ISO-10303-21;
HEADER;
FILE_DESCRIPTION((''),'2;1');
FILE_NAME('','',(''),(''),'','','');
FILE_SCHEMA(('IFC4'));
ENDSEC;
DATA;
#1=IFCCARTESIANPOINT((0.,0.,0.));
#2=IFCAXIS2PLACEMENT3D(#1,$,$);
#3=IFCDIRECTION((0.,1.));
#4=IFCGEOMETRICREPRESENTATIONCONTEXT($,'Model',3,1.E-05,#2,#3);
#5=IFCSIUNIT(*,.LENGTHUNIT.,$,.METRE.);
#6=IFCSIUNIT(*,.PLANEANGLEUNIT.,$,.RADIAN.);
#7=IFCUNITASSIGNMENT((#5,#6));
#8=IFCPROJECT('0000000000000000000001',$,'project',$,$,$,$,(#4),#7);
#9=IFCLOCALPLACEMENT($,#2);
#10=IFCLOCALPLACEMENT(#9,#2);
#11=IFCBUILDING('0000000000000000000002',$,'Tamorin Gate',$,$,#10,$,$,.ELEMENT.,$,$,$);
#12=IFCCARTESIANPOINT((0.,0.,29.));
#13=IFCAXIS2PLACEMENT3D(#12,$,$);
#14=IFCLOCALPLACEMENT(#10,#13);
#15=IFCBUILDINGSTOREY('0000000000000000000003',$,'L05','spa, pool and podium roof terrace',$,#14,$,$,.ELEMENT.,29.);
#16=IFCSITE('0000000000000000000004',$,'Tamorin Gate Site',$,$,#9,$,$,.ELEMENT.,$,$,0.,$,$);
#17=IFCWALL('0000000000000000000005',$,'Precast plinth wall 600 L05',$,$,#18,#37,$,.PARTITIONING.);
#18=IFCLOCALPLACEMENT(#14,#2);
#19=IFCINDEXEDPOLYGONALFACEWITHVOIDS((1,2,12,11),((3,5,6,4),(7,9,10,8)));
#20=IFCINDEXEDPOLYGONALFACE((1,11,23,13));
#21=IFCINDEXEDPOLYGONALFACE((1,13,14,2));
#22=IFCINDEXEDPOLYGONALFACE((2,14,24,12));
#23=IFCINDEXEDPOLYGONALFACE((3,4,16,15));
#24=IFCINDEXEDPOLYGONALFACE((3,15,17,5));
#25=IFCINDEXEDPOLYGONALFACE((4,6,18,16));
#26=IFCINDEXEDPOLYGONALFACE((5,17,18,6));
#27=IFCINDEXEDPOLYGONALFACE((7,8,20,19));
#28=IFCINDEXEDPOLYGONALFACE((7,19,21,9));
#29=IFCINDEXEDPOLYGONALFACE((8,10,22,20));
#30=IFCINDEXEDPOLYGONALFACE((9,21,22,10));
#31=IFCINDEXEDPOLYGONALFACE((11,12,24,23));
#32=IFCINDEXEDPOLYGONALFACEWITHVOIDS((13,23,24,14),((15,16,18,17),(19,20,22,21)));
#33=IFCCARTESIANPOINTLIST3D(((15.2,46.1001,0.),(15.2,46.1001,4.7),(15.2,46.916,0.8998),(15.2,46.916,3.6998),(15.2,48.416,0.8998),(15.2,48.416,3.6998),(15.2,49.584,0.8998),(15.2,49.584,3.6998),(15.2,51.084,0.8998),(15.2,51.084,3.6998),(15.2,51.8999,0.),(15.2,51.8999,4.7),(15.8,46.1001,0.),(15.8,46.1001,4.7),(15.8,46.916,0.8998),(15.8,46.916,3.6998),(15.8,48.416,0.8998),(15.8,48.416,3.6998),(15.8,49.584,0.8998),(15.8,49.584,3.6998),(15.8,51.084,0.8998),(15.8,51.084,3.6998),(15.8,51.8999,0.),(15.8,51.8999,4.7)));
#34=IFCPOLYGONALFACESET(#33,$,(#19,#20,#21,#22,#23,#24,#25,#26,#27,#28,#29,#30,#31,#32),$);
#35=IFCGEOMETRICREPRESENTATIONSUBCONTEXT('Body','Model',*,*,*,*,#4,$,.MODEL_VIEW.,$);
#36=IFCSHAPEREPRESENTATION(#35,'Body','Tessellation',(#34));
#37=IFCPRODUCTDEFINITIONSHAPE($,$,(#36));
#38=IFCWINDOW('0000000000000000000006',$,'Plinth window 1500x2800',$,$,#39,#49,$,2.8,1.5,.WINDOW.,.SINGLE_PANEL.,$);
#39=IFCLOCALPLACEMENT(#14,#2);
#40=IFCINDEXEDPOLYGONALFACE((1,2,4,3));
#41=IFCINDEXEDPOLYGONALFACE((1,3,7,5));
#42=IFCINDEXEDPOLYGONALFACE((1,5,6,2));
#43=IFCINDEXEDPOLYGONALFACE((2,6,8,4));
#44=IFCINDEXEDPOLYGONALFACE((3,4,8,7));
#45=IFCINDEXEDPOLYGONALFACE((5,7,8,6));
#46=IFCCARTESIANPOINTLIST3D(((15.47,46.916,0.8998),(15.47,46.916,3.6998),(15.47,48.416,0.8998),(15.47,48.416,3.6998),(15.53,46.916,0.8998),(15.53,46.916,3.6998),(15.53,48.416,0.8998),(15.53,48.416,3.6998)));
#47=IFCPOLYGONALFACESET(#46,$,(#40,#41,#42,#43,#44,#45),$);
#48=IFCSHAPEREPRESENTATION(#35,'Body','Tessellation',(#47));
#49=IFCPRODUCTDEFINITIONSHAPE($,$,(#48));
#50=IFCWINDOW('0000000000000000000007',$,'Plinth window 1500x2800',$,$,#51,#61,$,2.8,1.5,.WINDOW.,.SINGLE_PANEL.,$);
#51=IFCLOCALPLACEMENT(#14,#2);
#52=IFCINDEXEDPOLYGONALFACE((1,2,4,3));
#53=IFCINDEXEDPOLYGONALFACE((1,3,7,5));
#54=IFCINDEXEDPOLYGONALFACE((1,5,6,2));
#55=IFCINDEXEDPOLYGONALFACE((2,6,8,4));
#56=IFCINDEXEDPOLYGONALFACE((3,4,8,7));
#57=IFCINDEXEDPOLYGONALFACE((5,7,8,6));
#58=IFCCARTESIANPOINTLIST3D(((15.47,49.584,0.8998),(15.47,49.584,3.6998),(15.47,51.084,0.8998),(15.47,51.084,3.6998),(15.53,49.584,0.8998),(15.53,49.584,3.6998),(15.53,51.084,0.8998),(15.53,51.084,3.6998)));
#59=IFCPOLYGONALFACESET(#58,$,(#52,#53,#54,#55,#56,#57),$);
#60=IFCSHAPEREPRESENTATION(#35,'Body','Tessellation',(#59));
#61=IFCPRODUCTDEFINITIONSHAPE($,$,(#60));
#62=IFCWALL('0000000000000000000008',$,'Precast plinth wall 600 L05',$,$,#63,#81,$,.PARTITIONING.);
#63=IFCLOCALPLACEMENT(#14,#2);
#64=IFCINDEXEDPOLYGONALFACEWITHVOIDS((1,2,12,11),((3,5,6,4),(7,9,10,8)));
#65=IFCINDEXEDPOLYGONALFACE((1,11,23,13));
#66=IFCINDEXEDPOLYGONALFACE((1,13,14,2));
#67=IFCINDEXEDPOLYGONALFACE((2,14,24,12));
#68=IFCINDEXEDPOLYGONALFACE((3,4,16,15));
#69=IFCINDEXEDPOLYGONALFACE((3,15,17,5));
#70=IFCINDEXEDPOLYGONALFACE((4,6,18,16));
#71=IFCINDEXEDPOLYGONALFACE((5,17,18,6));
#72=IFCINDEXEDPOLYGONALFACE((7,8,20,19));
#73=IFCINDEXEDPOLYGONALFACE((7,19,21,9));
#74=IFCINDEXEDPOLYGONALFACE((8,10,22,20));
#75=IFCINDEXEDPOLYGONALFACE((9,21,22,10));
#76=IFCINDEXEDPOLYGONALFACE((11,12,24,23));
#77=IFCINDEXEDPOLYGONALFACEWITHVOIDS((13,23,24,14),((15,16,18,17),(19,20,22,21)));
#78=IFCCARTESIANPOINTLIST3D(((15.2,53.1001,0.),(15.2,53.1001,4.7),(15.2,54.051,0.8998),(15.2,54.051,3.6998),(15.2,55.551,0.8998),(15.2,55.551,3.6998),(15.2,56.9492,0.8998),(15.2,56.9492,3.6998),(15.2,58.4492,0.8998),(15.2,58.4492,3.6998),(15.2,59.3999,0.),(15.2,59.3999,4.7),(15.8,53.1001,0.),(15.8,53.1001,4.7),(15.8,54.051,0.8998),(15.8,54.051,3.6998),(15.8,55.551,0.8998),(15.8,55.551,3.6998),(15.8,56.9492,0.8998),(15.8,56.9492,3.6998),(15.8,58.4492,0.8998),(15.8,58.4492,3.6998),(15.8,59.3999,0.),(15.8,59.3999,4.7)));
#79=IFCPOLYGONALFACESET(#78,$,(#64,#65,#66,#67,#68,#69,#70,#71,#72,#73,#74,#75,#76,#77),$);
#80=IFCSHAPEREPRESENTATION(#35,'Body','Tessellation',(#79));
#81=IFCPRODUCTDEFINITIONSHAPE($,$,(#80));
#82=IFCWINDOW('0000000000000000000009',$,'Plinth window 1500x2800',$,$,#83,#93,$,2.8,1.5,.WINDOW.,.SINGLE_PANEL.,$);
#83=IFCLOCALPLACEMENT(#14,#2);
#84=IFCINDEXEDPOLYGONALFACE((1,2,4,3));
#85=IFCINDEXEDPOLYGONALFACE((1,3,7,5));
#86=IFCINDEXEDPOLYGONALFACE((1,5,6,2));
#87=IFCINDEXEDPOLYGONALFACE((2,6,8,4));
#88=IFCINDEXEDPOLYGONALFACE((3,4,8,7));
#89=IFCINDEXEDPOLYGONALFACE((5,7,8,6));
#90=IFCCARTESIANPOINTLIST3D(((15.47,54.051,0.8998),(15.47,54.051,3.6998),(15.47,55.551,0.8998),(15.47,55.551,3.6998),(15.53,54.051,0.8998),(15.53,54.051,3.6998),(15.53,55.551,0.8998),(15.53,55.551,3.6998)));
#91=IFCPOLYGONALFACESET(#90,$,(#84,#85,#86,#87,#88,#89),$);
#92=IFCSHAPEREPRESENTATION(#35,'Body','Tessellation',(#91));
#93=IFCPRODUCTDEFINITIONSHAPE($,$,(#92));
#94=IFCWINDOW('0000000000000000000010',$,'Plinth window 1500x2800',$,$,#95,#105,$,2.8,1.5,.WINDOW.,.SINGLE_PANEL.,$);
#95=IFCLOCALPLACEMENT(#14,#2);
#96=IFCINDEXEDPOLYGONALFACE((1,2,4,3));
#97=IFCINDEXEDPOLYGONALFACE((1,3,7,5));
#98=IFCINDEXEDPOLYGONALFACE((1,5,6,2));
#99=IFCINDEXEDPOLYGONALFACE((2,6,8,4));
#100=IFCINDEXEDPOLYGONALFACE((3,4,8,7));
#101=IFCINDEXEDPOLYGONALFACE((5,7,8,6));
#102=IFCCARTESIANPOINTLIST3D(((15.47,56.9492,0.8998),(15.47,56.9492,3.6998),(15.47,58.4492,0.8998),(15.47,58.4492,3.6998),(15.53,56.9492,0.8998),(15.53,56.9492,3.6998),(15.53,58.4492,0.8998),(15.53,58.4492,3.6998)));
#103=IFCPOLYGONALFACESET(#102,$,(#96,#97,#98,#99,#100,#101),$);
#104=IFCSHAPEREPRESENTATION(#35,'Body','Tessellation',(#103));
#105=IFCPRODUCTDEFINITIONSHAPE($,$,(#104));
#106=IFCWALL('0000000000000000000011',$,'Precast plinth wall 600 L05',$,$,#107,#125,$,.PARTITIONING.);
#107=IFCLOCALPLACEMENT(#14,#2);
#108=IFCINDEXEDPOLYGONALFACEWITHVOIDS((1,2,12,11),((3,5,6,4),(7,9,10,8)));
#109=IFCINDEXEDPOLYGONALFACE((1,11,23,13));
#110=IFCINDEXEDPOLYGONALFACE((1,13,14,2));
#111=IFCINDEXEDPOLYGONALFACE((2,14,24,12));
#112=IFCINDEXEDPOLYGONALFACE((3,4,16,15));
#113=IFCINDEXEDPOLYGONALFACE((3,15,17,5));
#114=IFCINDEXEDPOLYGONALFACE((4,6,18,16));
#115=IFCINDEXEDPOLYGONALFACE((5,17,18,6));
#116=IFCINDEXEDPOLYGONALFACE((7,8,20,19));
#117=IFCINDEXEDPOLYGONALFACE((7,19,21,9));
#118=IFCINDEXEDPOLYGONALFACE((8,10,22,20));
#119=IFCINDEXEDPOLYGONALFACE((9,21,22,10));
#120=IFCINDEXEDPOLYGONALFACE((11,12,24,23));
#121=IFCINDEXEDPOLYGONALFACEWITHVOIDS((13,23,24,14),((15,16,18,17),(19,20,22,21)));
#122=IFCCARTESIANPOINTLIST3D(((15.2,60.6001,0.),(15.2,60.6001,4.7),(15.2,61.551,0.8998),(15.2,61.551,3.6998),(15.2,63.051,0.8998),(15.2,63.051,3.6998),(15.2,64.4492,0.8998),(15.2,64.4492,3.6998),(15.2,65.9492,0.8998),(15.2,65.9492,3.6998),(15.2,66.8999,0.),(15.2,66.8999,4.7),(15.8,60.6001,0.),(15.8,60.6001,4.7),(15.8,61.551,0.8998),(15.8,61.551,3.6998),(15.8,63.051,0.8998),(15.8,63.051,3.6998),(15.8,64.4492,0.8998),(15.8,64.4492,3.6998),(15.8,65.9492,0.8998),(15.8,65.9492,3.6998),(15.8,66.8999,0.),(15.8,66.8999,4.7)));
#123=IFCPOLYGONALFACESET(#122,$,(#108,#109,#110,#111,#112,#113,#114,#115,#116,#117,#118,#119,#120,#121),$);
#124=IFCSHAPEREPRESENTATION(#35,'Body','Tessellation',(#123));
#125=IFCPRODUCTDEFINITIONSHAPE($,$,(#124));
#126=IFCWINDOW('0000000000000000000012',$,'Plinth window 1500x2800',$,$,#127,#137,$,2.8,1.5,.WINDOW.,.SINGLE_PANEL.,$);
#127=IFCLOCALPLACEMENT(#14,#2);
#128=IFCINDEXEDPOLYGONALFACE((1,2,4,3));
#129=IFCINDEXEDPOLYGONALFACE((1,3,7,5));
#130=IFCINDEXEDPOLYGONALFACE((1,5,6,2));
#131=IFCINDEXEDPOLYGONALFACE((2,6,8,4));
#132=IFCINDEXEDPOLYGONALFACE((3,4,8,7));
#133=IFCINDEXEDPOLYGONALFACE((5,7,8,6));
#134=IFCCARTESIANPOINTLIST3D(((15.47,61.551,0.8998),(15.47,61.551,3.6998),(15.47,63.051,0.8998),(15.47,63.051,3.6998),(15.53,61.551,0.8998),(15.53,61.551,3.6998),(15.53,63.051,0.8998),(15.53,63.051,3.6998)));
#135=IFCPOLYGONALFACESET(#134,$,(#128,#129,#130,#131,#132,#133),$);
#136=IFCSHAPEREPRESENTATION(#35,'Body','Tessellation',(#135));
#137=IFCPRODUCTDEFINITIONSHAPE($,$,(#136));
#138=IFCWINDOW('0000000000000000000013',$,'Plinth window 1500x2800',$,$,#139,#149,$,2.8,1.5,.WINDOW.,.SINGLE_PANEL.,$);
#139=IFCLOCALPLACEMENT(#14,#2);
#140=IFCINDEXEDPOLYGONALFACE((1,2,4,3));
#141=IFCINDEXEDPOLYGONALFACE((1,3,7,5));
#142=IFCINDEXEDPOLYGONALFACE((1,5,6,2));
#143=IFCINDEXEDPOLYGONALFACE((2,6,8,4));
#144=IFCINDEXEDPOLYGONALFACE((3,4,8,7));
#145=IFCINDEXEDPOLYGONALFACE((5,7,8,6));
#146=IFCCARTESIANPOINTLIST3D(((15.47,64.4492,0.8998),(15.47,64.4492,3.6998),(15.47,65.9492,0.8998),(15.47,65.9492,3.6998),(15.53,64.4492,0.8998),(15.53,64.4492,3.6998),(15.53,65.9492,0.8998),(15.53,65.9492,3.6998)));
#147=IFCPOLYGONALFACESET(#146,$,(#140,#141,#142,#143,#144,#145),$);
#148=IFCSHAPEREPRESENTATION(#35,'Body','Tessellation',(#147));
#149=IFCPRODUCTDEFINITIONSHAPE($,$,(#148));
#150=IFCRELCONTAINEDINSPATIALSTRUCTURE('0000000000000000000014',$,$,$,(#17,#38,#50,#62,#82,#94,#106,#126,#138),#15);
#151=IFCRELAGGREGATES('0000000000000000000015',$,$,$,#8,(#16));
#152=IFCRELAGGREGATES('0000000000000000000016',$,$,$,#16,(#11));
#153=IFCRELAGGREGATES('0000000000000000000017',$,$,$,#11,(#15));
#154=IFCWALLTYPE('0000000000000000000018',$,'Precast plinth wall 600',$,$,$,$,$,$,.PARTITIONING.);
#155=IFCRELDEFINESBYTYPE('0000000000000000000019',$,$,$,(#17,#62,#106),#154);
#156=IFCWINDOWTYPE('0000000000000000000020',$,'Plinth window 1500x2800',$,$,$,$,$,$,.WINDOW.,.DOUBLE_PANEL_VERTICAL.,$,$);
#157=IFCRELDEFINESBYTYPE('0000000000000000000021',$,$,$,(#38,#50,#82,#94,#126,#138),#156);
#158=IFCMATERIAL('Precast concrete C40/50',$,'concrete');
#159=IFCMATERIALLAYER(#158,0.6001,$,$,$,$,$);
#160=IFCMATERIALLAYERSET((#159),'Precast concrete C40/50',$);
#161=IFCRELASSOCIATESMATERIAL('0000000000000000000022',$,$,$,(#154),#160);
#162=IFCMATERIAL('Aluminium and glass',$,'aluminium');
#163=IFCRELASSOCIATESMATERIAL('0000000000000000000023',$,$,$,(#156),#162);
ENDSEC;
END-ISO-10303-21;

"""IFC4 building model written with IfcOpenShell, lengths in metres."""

from ifc_helpers import new_model, si_unit, direction, frame, frame_2d, origin, place, context, subcontext, project, spatial, rectangle, extrude, material, layer, layer_set, type_object, element, fill, save


model = new_model("IFC4")

# Units and contexts
model_context = context("Model", 3, precision=1e-05, world=origin(), true_north=direction((0.0, 1.0)))
body_context = subcontext(model_context, "Body", "Model", "MODEL_VIEW")
ifc_project = project(units=[si_unit("LENGTHUNIT", "METRE"), si_unit("PLANEANGLEUNIT", "RADIAN")], contexts=[model_context])

# Site, building, storey
site_placement = place(None, origin())
site = spatial("IfcSite", under=ifc_project, at=site_placement, Name="Tamorin Gate Site", CompositionType="ELEMENT", RefElevation=0.0)
building_placement = place(site_placement, origin())
building = spatial("IfcBuilding", under=site, at=building_placement, Name="Tamorin Gate", CompositionType="ELEMENT")
storey_placement = place(building_placement, frame((0.0, 0.0, 29.0)))
storey = spatial("IfcBuildingStorey", under=building, at=storey_placement, Name="L05", Description="spa, pool and podium roof terrace", CompositionType="ELEMENT", Elevation=29.0)

# Walls, openings, windows
ifc_material_1 = material(Name="Precast concrete C40/50", Category="concrete")
ifc_layer_1 = layer(ifc_material_1, 0.6001)
ifc_layer_set_1 = layer_set([ifc_layer_1], Name="Precast concrete C40/50")
wall_type_1 = type_object("IfcWallType", Name="Precast plinth wall 600", PredefinedType="PARTITIONING", material=ifc_layer_set_1)
wall_1_placement = place(storey_placement, frame((15.5, 46.1001, 0.0), z_axis=(0.0, 0.0, 1.0), x_axis=(0.0, 1.0, 0.0)))
wall_1 = element("IfcWall", 1, at=wall_1_placement, inside=storey, type_object=wall_type_1, Name="Precast plinth wall 600 L05", PredefinedType="PARTITIONING", context=body_context, shape_type="SweptSolid", body=[
    extrude(rectangle(XDim=5.7998, YDim=0.6001, at=frame_2d((2.8999, 0.0))), origin(), (0.0, 0.0, 1.0), 4.7),
])
opening_1_placement = place(wall_1_placement, frame((0.8159, 0.0, 0.8999)))
opening_1 = element("IfcOpeningElement", 2, at=opening_1_placement, cuts=wall_1, PredefinedType="OPENING", context=body_context, shape_type="SweptSolid", body=[
    extrude(rectangle(XDim=1.5, YDim=2.8, at=frame_2d((0.75, 1.3999))), frame((0.0, 0.3101, 0.0), z_axis=(0.0, -1.0, 0.0), x_axis=(1.0, 0.0, 0.0)), (0.0, 0.0, 1.0), 0.6201),
])
opening_2_placement = place(wall_1_placement, frame((3.4839, 0.0, 0.8999)))
opening_2 = element("IfcOpeningElement", 3, at=opening_2_placement, cuts=wall_1, PredefinedType="OPENING", context=body_context, shape_type="SweptSolid", body=[
    extrude(rectangle(XDim=1.5, YDim=2.8, at=frame_2d((0.75, 1.3999))), frame((0.0, 0.3101, 0.0), z_axis=(0.0, -1.0, 0.0), x_axis=(1.0, 0.0, 0.0)), (0.0, 0.0, 1.0), 0.6201),
])
ifc_material_2 = material(Name="Aluminium and glass", Category="aluminium")
window_type = type_object("IfcWindowType", Name="Plinth window 1500x2800", PartitioningType="DOUBLE_PANEL_VERTICAL", PredefinedType="WINDOW", material=ifc_material_2)
window_1_placement = place(opening_1_placement, origin())
window_1 = element("IfcWindow", 4, at=window_1_placement, inside=storey, type_object=window_type, Name="Plinth window 1500x2800", OverallHeight=2.8, OverallWidth=1.5, PartitioningType="SINGLE_PANEL", PredefinedType="WINDOW", context=body_context, shape_type="SweptSolid", body=[
    extrude(rectangle(XDim=1.5, YDim=2.8, at=frame_2d((0.75, 1.3999))), frame((0.0, 0.03, 0.0), z_axis=(0.0, -1.0, 0.0), x_axis=(1.0, 0.0, 0.0)), (0.0, 0.0, 1.0), 0.0601),
])
fill(opening_1, window_1)
window_2_placement = place(opening_2_placement, origin())
window_2 = element("IfcWindow", 5, at=window_2_placement, inside=storey, type_object=window_type, Name="Plinth window 1500x2800", OverallHeight=2.8, OverallWidth=1.5, PartitioningType="SINGLE_PANEL", PredefinedType="WINDOW", context=body_context, shape_type="SweptSolid", body=[
    extrude(rectangle(XDim=1.5, YDim=2.8, at=frame_2d((0.75, 1.3999))), frame((0.0, 0.03, 0.0), z_axis=(0.0, -1.0, 0.0), x_axis=(1.0, 0.0, 0.0)), (0.0, 0.0, 1.0), 0.0601),
])
fill(opening_2, window_2)
wall_2_placement = place(storey_placement, frame((15.5, 53.1001, 0.0), z_axis=(0.0, 0.0, 1.0), x_axis=(0.0, 1.0, 0.0)))
wall_2 = element("IfcWall", 6, at=wall_2_placement, inside=storey, type_object=wall_type_1, Name="Precast plinth wall 600 L05", PredefinedType="PARTITIONING", context=body_context, shape_type="SweptSolid", body=[
    extrude(rectangle(XDim=6.2998, YDim=0.6001, at=frame_2d((3.1499, 0.0))), origin(), (0.0, 0.0, 1.0), 4.7),
])
opening_3_placement = place(wall_2_placement, frame((0.9509, 0.0, 0.8999)))
opening_3 = element("IfcOpeningElement", 7, at=opening_3_placement, cuts=wall_2, PredefinedType="OPENING", context=body_context, shape_type="SweptSolid", body=[
    extrude(rectangle(XDim=1.5, YDim=2.8, at=frame_2d((0.75, 1.3999))), frame((0.0, 0.3101, 0.0), z_axis=(0.0, -1.0, 0.0), x_axis=(1.0, 0.0, 0.0)), (0.0, 0.0, 1.0), 0.6201),
])
opening_4_placement = place(wall_2_placement, frame((3.8491, 0.0, 0.8999)))
opening_4 = element("IfcOpeningElement", 8, at=opening_4_placement, cuts=wall_2, PredefinedType="OPENING", context=body_context, shape_type="SweptSolid", body=[
    extrude(rectangle(XDim=1.5, YDim=2.8, at=frame_2d((0.75, 1.3999))), frame((0.0, 0.3101, 0.0), z_axis=(0.0, -1.0, 0.0), x_axis=(1.0, 0.0, 0.0)), (0.0, 0.0, 1.0), 0.6201),
])
window_3_placement = place(opening_3_placement, origin())
window_3 = element("IfcWindow", 9, at=window_3_placement, inside=storey, type_object=window_type, Name="Plinth window 1500x2800", OverallHeight=2.8, OverallWidth=1.5, PartitioningType="SINGLE_PANEL", PredefinedType="WINDOW", context=body_context, shape_type="SweptSolid", body=[
    extrude(rectangle(XDim=1.5, YDim=2.8, at=frame_2d((0.75, 1.3999))), frame((0.0, 0.03, 0.0), z_axis=(0.0, -1.0, 0.0), x_axis=(1.0, 0.0, 0.0)), (0.0, 0.0, 1.0), 0.0601),
])
fill(opening_3, window_3)
window_4_placement = place(opening_4_placement, origin())
window_4 = element("IfcWindow", 10, at=window_4_placement, inside=storey, type_object=window_type, Name="Plinth window 1500x2800", OverallHeight=2.8, OverallWidth=1.5, PartitioningType="SINGLE_PANEL", PredefinedType="WINDOW", context=body_context, shape_type="SweptSolid", body=[
    extrude(rectangle(XDim=1.5, YDim=2.8, at=frame_2d((0.75, 1.3999))), frame((0.0, 0.03, 0.0), z_axis=(0.0, -1.0, 0.0), x_axis=(1.0, 0.0, 0.0)), (0.0, 0.0, 1.0), 0.0601),
])
fill(opening_4, window_4)
wall_3_placement = place(storey_placement, frame((15.5, 60.6001, 0.0), z_axis=(0.0, 0.0, 1.0), x_axis=(0.0, 1.0, 0.0)))
wall_3 = element("IfcWall", 11, at=wall_3_placement, inside=storey, type_object=wall_type_1, Name="Precast plinth wall 600 L05", PredefinedType="PARTITIONING", context=body_context, shape_type="SweptSolid", body=[
    extrude(rectangle(XDim=6.2998, YDim=0.6001, at=frame_2d((3.1499, 0.0))), origin(), (0.0, 0.0, 1.0), 4.7),
])
opening_5_placement = place(wall_3_placement, frame((0.9509, 0.0, 0.8999)))
opening_5 = element("IfcOpeningElement", 12, at=opening_5_placement, cuts=wall_3, PredefinedType="OPENING", context=body_context, shape_type="SweptSolid", body=[
    extrude(rectangle(XDim=1.5, YDim=2.8, at=frame_2d((0.75, 1.3999))), frame((0.0, 0.3101, 0.0), z_axis=(0.0, -1.0, 0.0), x_axis=(1.0, 0.0, 0.0)), (0.0, 0.0, 1.0), 0.6201),
])
opening_6_placement = place(wall_3_placement, frame((3.8491, 0.0, 0.8999)))
opening_6 = element("IfcOpeningElement", 13, at=opening_6_placement, cuts=wall_3, PredefinedType="OPENING", context=body_context, shape_type="SweptSolid", body=[
    extrude(rectangle(XDim=1.5, YDim=2.8, at=frame_2d((0.75, 1.3999))), frame((0.0, 0.3101, 0.0), z_axis=(0.0, -1.0, 0.0), x_axis=(1.0, 0.0, 0.0)), (0.0, 0.0, 1.0), 0.6201),
])
window_5_placement = place(opening_5_placement, origin())
window_5 = element("IfcWindow", 14, at=window_5_placement, inside=storey, type_object=window_type, Name="Plinth window 1500x2800", OverallHeight=2.8, OverallWidth=1.5, PartitioningType="SINGLE_PANEL", PredefinedType="WINDOW", context=body_context, shape_type="SweptSolid", body=[
    extrude(rectangle(XDim=1.5, YDim=2.8, at=frame_2d((0.75, 1.3999))), frame((0.0, 0.03, 0.0), z_axis=(0.0, -1.0, 0.0), x_axis=(1.0, 0.0, 0.0)), (0.0, 0.0, 1.0), 0.0601),
])
fill(opening_5, window_5)
window_6_placement = place(opening_6_placement, origin())
window_6 = element("IfcWindow", 15, at=window_6_placement, inside=storey, type_object=window_type, Name="Plinth window 1500x2800", OverallHeight=2.8, OverallWidth=1.5, PartitioningType="SINGLE_PANEL", PredefinedType="WINDOW", context=body_context, shape_type="SweptSolid", body=[
    extrude(rectangle(XDim=1.5, YDim=2.8, at=frame_2d((0.75, 1.3999))), frame((0.0, 0.03, 0.0), z_axis=(0.0, -1.0, 0.0), x_axis=(1.0, 0.0, 0.0)), (0.0, 0.0, 1.0), 0.0601),
])
fill(opening_6, window_6)

save(model, "model.ifc")
